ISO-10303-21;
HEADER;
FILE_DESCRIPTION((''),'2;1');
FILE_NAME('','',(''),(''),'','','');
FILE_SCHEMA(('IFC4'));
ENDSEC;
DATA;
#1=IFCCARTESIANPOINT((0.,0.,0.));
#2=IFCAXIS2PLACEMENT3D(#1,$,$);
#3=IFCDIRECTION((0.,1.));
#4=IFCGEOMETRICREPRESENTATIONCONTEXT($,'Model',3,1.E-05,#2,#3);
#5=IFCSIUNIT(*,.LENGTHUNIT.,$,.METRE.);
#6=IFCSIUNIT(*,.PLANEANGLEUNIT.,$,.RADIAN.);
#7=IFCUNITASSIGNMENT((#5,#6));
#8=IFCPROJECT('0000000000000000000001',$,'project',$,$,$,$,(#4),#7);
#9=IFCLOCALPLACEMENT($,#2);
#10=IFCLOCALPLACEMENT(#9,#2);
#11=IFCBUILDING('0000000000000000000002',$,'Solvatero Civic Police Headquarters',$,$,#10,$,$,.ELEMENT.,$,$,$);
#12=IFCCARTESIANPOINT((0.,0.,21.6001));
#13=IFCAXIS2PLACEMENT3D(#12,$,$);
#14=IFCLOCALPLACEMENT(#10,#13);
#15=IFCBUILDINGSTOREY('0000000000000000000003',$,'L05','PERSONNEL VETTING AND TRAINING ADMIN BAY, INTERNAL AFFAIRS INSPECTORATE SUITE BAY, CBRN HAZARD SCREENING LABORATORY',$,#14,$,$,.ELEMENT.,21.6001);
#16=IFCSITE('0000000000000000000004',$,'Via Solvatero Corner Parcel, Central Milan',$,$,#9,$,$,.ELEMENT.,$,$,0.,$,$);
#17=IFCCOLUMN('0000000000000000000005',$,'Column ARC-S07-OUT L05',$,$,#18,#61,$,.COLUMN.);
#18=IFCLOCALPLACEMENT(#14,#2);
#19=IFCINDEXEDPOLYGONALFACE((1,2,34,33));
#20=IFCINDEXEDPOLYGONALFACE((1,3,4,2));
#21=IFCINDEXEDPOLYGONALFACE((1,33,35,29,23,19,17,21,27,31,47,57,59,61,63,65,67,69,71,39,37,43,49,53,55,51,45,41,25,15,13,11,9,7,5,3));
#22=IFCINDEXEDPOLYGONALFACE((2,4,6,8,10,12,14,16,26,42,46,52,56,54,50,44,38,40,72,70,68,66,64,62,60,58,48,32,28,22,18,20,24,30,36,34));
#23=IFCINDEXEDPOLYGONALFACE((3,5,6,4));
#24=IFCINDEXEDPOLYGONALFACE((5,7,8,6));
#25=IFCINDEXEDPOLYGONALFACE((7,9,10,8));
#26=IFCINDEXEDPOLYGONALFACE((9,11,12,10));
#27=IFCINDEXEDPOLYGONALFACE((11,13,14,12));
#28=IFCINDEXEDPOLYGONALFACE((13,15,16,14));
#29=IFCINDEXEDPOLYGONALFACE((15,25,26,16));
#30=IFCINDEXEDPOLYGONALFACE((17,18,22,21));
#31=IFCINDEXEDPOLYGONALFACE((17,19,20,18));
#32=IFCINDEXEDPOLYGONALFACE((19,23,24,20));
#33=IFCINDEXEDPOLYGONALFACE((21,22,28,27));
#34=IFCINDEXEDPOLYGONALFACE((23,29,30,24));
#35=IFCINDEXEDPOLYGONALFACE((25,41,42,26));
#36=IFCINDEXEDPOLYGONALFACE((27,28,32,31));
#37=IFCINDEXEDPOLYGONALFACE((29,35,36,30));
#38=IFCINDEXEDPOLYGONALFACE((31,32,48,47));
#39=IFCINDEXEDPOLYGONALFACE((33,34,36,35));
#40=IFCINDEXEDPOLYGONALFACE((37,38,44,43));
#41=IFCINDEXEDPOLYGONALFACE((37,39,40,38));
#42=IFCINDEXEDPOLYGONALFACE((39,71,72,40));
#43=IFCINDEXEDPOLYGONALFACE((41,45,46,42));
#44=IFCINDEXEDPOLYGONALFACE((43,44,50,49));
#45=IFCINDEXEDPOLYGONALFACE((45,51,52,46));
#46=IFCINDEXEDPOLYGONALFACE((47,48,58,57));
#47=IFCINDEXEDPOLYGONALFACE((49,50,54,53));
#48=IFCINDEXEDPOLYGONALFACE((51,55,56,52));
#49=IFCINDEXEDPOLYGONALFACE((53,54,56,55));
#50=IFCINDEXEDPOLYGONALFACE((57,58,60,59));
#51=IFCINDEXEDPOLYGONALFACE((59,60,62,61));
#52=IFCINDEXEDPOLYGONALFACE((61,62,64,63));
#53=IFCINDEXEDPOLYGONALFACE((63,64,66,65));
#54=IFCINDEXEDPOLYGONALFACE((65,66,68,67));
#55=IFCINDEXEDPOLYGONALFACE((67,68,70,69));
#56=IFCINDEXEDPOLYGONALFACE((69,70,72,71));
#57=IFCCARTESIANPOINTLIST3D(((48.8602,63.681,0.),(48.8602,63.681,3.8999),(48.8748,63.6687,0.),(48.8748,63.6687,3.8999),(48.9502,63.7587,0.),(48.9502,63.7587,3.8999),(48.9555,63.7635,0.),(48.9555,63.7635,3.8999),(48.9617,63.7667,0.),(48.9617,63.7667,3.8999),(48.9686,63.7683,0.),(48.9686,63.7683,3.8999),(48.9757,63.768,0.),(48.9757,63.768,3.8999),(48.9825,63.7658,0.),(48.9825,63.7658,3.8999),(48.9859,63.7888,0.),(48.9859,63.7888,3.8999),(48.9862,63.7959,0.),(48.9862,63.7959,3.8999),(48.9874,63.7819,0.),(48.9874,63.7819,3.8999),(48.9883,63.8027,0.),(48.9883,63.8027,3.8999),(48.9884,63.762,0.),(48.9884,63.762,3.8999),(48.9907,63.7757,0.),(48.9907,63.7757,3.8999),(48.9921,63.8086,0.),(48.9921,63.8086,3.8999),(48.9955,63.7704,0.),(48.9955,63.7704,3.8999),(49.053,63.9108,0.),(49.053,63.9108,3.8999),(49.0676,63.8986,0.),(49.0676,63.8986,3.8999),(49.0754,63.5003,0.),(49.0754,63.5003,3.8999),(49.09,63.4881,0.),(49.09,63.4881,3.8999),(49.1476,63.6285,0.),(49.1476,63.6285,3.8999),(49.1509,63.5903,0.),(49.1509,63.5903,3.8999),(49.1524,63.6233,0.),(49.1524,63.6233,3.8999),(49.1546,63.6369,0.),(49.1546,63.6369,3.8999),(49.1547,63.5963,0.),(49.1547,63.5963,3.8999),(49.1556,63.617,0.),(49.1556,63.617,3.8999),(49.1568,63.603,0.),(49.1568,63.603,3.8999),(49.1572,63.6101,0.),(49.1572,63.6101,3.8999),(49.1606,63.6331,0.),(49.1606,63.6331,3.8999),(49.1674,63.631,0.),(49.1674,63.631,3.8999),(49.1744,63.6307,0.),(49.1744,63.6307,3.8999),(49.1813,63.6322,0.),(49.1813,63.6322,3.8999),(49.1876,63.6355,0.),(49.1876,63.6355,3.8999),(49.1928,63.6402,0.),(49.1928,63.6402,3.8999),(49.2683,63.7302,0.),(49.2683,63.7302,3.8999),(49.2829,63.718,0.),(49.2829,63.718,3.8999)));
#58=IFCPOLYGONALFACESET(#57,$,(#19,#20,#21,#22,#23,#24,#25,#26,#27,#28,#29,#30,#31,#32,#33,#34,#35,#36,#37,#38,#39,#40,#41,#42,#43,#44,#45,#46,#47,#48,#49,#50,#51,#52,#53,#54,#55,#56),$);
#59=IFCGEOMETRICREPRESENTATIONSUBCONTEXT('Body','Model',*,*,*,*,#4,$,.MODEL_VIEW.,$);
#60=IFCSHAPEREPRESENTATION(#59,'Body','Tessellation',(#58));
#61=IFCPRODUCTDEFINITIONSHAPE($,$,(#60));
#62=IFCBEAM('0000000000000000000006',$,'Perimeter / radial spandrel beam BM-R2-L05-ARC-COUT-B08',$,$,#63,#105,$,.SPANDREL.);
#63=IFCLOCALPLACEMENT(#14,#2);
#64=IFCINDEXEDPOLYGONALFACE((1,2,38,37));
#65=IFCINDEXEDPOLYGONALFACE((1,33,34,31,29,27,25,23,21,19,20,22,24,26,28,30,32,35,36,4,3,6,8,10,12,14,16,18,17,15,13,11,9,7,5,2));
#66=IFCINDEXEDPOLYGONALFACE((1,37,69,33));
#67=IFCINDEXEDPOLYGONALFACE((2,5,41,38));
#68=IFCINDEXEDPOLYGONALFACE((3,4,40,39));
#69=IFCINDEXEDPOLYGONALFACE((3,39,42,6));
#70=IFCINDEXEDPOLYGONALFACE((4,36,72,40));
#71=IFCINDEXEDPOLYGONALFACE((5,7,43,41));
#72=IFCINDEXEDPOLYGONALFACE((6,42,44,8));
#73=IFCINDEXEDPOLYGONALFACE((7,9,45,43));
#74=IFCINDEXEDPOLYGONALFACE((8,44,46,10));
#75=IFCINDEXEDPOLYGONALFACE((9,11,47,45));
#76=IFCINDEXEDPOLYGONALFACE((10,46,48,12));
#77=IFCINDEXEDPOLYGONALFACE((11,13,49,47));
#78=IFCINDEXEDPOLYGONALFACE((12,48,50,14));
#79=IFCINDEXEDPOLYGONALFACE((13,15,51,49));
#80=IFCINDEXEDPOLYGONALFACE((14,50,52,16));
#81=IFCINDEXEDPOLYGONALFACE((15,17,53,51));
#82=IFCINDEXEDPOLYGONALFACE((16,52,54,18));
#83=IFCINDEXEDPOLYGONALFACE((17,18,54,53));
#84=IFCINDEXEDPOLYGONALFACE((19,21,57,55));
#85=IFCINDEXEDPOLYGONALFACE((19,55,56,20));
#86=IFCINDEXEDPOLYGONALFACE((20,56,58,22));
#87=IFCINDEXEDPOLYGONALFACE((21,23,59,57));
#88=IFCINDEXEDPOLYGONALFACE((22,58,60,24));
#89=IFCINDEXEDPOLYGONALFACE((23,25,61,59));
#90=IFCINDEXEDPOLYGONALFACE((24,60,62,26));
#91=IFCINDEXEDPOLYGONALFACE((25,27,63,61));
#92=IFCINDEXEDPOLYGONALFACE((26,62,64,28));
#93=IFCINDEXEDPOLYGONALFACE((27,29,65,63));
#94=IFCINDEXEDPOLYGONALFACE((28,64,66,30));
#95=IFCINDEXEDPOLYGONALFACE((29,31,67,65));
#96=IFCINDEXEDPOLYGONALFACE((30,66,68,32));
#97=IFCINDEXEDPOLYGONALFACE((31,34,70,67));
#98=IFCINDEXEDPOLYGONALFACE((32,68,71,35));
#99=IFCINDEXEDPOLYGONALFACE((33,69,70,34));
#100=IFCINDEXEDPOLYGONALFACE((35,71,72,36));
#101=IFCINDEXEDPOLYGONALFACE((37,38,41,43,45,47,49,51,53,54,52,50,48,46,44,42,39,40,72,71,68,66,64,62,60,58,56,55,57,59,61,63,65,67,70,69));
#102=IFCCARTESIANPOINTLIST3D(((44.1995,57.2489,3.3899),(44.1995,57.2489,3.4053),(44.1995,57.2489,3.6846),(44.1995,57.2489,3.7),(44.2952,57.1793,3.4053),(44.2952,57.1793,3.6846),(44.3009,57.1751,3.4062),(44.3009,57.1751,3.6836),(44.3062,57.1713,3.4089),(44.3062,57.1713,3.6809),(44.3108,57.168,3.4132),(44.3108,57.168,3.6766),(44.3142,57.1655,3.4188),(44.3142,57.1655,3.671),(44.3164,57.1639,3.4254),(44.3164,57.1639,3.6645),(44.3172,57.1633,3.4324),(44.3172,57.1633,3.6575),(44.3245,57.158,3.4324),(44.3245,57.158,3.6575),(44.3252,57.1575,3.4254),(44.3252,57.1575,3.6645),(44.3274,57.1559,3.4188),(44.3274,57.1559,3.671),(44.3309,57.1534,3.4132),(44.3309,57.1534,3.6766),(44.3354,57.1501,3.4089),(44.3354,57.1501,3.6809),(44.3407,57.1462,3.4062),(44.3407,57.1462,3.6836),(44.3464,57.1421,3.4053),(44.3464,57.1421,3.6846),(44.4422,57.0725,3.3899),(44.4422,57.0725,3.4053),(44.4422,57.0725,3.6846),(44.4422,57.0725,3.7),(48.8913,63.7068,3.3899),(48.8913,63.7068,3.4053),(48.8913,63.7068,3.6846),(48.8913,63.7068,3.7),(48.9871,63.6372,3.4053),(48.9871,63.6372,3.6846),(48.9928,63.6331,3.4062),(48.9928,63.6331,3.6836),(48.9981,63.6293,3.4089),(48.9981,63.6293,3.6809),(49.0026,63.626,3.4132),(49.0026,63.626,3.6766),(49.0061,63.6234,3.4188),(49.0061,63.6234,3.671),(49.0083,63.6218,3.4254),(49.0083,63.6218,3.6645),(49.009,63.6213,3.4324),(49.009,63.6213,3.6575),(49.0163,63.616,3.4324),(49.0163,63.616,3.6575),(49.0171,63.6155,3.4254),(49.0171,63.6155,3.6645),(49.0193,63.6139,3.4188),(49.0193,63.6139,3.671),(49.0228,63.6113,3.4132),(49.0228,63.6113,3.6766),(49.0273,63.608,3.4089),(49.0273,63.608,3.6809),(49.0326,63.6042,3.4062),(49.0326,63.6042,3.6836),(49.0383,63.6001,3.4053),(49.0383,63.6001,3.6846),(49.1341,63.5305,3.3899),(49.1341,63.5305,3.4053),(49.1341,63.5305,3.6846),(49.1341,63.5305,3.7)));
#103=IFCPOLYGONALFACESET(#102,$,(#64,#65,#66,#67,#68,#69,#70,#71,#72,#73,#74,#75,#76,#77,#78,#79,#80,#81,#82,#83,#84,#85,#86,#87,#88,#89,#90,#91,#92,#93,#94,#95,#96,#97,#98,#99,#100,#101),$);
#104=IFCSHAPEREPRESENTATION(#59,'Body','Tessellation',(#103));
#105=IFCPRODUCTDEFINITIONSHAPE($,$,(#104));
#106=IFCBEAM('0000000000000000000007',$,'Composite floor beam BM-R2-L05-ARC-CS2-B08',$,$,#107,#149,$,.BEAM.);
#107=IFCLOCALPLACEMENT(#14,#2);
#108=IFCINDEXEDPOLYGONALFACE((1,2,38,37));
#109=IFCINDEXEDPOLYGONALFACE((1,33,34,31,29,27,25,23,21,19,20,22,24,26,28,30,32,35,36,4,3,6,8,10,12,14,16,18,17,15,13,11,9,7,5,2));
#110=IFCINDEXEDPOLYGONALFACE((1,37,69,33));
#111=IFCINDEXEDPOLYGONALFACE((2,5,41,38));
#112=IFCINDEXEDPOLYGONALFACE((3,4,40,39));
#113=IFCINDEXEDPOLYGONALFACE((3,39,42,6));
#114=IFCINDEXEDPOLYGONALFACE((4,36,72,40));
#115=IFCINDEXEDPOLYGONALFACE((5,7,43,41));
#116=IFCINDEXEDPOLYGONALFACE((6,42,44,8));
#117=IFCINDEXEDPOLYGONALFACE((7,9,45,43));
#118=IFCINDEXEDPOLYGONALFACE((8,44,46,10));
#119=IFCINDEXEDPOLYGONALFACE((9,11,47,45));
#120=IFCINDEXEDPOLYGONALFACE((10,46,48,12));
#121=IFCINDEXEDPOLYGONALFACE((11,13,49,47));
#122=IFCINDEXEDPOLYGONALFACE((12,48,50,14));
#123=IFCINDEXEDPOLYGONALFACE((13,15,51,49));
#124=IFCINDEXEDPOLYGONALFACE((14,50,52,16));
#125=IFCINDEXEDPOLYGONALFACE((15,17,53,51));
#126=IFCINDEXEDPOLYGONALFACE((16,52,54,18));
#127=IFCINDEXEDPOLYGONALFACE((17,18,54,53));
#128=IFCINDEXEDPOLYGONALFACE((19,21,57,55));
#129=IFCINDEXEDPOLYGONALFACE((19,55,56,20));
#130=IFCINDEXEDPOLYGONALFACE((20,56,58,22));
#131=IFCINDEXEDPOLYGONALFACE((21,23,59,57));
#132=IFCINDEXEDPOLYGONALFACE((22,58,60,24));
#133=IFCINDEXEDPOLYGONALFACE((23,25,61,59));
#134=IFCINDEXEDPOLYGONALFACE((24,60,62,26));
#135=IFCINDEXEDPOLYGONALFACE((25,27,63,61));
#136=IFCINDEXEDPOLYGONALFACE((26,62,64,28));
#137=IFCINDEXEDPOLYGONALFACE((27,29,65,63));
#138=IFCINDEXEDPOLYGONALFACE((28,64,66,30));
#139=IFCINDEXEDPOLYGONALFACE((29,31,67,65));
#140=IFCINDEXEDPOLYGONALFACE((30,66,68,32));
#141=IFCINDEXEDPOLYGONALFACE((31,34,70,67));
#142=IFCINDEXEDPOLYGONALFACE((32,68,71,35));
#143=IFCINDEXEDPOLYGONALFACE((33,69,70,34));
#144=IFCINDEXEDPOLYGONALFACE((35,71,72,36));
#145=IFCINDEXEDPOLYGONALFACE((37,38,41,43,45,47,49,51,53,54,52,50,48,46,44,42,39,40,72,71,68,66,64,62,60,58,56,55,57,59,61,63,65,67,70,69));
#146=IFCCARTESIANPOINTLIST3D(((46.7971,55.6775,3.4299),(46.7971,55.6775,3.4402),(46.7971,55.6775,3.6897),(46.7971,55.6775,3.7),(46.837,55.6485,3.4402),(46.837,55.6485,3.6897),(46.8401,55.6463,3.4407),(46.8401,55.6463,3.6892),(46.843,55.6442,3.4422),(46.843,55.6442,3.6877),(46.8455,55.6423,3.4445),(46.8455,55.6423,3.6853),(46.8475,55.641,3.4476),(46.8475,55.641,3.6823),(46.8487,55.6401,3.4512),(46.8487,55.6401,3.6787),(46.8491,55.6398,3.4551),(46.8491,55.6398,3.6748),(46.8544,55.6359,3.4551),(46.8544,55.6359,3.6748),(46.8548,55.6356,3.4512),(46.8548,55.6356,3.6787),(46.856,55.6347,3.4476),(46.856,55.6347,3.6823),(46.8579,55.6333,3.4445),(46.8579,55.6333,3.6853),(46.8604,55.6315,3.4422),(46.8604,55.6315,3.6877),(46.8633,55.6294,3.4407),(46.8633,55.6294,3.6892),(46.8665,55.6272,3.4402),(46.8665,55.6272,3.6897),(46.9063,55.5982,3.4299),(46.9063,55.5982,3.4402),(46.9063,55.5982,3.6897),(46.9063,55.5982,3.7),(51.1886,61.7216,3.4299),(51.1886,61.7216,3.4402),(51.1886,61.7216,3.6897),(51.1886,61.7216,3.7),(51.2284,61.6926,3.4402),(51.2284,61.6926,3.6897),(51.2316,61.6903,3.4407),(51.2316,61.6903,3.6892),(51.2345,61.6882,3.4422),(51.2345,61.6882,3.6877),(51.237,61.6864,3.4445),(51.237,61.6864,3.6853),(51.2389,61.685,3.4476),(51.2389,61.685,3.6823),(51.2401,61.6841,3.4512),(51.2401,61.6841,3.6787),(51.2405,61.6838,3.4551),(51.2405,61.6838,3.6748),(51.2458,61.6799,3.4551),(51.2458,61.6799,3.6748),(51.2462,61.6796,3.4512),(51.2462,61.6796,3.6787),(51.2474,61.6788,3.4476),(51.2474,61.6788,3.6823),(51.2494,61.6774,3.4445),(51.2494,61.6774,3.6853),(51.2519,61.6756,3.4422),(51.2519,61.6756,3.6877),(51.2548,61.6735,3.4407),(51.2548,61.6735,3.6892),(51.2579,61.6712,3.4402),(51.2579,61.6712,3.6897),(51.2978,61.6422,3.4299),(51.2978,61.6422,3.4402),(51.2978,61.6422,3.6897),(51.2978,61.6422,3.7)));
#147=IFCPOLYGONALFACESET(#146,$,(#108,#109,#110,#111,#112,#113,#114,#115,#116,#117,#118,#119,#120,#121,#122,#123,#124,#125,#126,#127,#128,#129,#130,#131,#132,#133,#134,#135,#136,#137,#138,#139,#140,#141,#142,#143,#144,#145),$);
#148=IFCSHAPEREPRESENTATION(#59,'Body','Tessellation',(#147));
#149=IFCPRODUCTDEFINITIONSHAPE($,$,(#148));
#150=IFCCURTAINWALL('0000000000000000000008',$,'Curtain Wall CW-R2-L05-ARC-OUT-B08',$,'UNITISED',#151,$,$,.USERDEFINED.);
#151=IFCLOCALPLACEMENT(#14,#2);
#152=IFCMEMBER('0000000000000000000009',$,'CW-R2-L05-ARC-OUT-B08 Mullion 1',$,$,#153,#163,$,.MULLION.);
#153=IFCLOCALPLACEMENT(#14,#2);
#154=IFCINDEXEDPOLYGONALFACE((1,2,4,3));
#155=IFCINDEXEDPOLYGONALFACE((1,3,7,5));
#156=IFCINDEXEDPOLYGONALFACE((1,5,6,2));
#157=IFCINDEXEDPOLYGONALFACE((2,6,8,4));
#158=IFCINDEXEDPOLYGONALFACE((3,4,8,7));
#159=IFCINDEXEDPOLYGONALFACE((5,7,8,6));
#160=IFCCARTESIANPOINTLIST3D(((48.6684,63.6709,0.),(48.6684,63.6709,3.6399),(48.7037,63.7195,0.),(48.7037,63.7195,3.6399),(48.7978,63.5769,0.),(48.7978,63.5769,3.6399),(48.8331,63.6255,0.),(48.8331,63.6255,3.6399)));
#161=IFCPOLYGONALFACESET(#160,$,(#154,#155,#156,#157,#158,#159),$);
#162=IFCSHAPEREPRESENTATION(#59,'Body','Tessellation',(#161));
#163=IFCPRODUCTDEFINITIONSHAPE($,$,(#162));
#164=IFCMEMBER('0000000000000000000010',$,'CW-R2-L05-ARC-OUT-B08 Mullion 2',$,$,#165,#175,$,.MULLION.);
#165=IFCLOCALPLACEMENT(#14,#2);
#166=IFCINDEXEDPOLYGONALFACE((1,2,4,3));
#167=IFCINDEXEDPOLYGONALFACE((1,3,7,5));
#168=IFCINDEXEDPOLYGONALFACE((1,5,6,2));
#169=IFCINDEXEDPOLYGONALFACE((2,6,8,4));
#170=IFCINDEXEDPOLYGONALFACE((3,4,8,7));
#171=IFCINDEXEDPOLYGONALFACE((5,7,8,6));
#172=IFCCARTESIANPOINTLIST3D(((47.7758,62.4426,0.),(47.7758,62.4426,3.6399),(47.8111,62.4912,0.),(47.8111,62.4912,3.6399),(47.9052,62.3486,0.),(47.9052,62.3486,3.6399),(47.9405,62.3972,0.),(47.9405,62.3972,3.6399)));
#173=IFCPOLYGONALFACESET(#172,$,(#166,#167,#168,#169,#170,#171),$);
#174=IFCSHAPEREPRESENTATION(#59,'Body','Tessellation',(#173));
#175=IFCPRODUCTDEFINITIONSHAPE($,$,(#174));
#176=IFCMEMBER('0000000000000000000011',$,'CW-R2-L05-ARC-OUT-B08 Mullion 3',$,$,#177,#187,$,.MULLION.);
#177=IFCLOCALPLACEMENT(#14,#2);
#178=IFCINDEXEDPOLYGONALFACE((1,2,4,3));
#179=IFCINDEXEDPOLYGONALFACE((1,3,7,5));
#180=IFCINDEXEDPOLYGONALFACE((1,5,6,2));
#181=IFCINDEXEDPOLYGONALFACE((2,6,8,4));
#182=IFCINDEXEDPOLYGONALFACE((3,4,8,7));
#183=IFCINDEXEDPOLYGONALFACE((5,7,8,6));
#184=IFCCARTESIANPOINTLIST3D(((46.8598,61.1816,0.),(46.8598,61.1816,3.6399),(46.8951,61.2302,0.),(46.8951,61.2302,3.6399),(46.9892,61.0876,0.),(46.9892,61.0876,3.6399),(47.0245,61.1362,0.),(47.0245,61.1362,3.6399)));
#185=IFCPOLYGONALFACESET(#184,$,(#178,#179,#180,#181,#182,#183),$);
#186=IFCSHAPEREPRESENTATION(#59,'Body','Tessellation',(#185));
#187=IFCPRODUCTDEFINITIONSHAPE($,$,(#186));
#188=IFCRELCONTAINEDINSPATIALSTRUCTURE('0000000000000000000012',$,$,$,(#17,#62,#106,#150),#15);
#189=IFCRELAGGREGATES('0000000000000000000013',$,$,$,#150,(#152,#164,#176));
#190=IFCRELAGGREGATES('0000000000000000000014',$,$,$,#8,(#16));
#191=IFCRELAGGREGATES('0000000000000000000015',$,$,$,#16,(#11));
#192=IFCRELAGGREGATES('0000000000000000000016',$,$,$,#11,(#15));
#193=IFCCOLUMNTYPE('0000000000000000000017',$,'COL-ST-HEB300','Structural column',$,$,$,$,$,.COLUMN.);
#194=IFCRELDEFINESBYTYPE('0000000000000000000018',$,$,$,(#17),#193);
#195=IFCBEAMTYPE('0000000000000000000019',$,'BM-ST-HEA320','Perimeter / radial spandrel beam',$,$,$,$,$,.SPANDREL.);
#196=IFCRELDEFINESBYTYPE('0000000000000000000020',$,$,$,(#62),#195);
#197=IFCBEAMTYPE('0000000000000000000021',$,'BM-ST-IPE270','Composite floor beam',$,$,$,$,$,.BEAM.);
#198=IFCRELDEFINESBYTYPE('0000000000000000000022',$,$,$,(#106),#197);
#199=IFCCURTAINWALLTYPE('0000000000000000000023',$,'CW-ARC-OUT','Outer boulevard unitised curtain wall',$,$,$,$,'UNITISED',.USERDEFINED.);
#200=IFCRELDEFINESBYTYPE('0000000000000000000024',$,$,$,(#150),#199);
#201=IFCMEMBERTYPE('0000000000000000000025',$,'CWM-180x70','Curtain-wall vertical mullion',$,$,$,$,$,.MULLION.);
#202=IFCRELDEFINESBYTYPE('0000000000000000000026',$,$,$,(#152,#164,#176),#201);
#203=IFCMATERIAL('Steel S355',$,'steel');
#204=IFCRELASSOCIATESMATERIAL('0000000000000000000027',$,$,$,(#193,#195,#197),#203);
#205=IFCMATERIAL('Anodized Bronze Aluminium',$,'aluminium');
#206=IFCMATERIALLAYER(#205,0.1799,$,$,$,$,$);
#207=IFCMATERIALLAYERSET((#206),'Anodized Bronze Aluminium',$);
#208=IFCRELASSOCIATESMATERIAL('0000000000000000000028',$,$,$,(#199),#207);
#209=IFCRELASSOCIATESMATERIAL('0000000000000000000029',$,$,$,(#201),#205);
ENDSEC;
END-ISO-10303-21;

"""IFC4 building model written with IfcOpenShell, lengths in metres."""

from ifc_helpers import new_model, si_unit, direction, frame, origin, origin_2d, place, context, subcontext, project, spatial, rectangle, i_section, extrude, material, layer, layer_set, material_profile, profile_set, type_object, element, aggregate, save


model = new_model("IFC4")

# Units and contexts
model_context = context("Model", 3, precision=1e-05, world=origin(), true_north=direction((0.0, 1.0)))
body_context = subcontext(model_context, "Body", "Model", "MODEL_VIEW")
ifc_project = project(units=[si_unit("LENGTHUNIT", "METRE"), si_unit("PLANEANGLEUNIT", "RADIAN")], contexts=[model_context])

# Site, building, storey
site_placement = place(None, origin())
site = spatial("IfcSite", under=ifc_project, at=site_placement, Name="Via Solvatero Corner Parcel, Central Milan", CompositionType="ELEMENT", RefElevation=0.0)
building_placement = place(site_placement, origin())
building = spatial("IfcBuilding", under=site, at=building_placement, Name="Solvatero Civic Police Headquarters", CompositionType="ELEMENT")
storey_placement = place(building_placement, frame((0.0, 0.0, 21.6001)))
storey = spatial("IfcBuildingStorey", under=building, at=storey_placement, Name="L05", Description="PERSONNEL VETTING AND TRAINING ADMIN BAY, INTERNAL AFFAIRS INSPECTORATE SUITE BAY, CBRN HAZARD SCREENING LABORATORY", CompositionType="ELEMENT", Elevation=21.6001)

# Column
ifc_material_1 = material(Name="Steel S355", Category="steel")
ifc_material_profile_1 = material_profile(ifc_material_1, i_section(OverallWidth=0.3, OverallDepth=0.3, WebThickness=0.011, FlangeThickness=0.019, FilletRadius=0.0271, at=origin_2d()), Name="HEB 300")
ifc_profile_set_1 = profile_set([ifc_material_profile_1], Name="Steel S355")
column_type = type_object("IfcColumnType", Name="COL-ST-HEB300", Description="Structural column", PredefinedType="COLUMN", material=ifc_profile_set_1)
column_placement = place(storey_placement, frame((49.0715, 63.6995, 0.0), z_axis=(0.0, 0.0, 1.0), x_axis=(0.642788, 0.766044, 0.0)))
element("IfcColumn", 1, at=column_placement, inside=storey, type_object=column_type, Name="Column ARC-S07-OUT L05", PredefinedType="COLUMN", context=body_context, shape_type="SweptSolid", body=[
    extrude(i_section(OverallWidth=0.3, OverallDepth=0.3, WebThickness=0.011, FlangeThickness=0.019, FilletRadius=0.0271, at=origin_2d()), origin(), (0.0, 0.0, 1.0), 3.8999),
])

# Beams
ifc_material_profile_2 = material_profile(ifc_material_1, i_section(OverallWidth=0.3, OverallDepth=0.3101, WebThickness=0.009, FlangeThickness=0.0154, FilletRadius=0.0271, at=origin_2d()), Name="HEA 320")
ifc_profile_set_2 = profile_set([ifc_material_profile_2], Name="Steel S355")
beam_type_1 = type_object("IfcBeamType", Name="BM-ST-HEA320", Description="Perimeter / radial spandrel beam", PredefinedType="SPANDREL", material=ifc_profile_set_2)
beam_1_placement = place(storey_placement, frame((49.0127, 63.6187, 3.5449), z_axis=(-0.587775, -0.809024, 0.0), x_axis=(0.809024, -0.587775, 0.0)))
element("IfcBeam", 2, at=beam_1_placement, inside=storey, type_object=beam_type_1, Name="Perimeter / radial spandrel beam BM-R2-L05-ARC-COUT-B08", PredefinedType="SPANDREL", context=body_context, shape_type="SweptSolid", body=[
    extrude(i_section(OverallWidth=0.3, OverallDepth=0.3101, WebThickness=0.009, FlangeThickness=0.0154, FilletRadius=0.0271, at=origin_2d()), origin(), (0.0, 0.0, 1.0), 7.9824),
])
ifc_material_profile_3 = material_profile(ifc_material_1, i_section(OverallWidth=0.135, OverallDepth=0.27, WebThickness=0.0066, FlangeThickness=0.0103, FilletRadius=0.0149, at=origin_2d()), Name="IPE 270")
ifc_profile_set_3 = profile_set([ifc_material_profile_3], Name="Steel S355")
beam_type_2 = type_object("IfcBeamType", Name="BM-ST-IPE270", Description="Composite floor beam", PredefinedType="BEAM", material=ifc_profile_set_3)
beam_2_placement = place(storey_placement, frame((51.2432, 61.6819, 3.5649), z_axis=(-0.587801, -0.809006, 0.0), x_axis=(0.809006, -0.587801, 0.0)))
element("IfcBeam", 3, at=beam_2_placement, inside=storey, type_object=beam_type_2, Name="Composite floor beam BM-R2-L05-ARC-CS2-B08", PredefinedType="BEAM", context=body_context, shape_type="SweptSolid", body=[
    extrude(i_section(OverallWidth=0.135, OverallDepth=0.27, WebThickness=0.0066, FlangeThickness=0.0103, FilletRadius=0.0149, at=origin_2d()), origin(), (0.0, 0.0, 1.0), 7.4709),
])

# Curtain wall, members
ifc_material_2 = material(Name="Anodized Bronze Aluminium", Category="aluminium")
ifc_layer_1 = layer(ifc_material_2, 0.1799)
ifc_layer_set_1 = layer_set([ifc_layer_1], Name="Anodized Bronze Aluminium")
curtain_wall_type = type_object("IfcCurtainWallType", Name="CW-ARC-OUT", Description="Outer boulevard unitised curtain wall", ElementType="UNITISED", PredefinedType="USERDEFINED", material=ifc_layer_set_1)
curtain_wall_placement = place(storey_placement, origin())
curtain_wall = element("IfcCurtainWall", 4, at=curtain_wall_placement, inside=storey, type_object=curtain_wall_type, Name="Curtain Wall CW-R2-L05-ARC-OUT-B08", ObjectType="UNITISED", PredefinedType="USERDEFINED")
ifc_material_profile_4 = material_profile(ifc_material_2, rectangle(XDim=0.0601, YDim=0.1599, at=origin_2d()), Name="ALU MULLION 60x160")
ifc_profile_set_4 = profile_set([ifc_material_profile_4], Name="Anodized Bronze Aluminium")
member_type_1 = type_object("IfcMemberType", Name="CWM-180x70", Description="Curtain-wall vertical mullion", PredefinedType="MULLION", material=ifc_profile_set_4)
member_1_placement = place(storey_placement, frame((48.7507, 63.6482, 0.0), z_axis=(0.0, 0.0, 1.0), x_axis=(-0.587785, -0.809017, 0.0)))
member_1 = element("IfcMember", 5, at=member_1_placement, type_object=member_type_1, Name="CW-R2-L05-ARC-OUT-B08 Mullion 1", PredefinedType="MULLION", context=body_context, shape_type="SweptSolid", body=[
    extrude(rectangle(XDim=0.0601, YDim=0.1599, at=origin_2d()), origin(), (0.0, 0.0, 1.0), 3.6399),
])
member_2_placement = place(storey_placement, frame((47.8582, 62.4199, 0.0), z_axis=(0.0, 0.0, 1.0), x_axis=(-0.587785, -0.809017, 0.0)))
member_2 = element("IfcMember", 6, at=member_2_placement, type_object=member_type_1, Name="CW-R2-L05-ARC-OUT-B08 Mullion 2", PredefinedType="MULLION", context=body_context, shape_type="SweptSolid", body=[
    extrude(rectangle(XDim=0.0601, YDim=0.1599, at=origin_2d()), origin(), (0.0, 0.0, 1.0), 3.6399),
])
member_3_placement = place(storey_placement, frame((46.9421, 61.1589, 0.0), z_axis=(0.0, 0.0, 1.0), x_axis=(-0.587785, -0.809017, 0.0)))
member_3 = element("IfcMember", 7, at=member_3_placement, type_object=member_type_1, Name="CW-R2-L05-ARC-OUT-B08 Mullion 3", PredefinedType="MULLION", context=body_context, shape_type="SweptSolid", body=[
    extrude(rectangle(XDim=0.0601, YDim=0.1599, at=origin_2d()), origin(), (0.0, 0.0, 1.0), 3.6399),
])
aggregate(curtain_wall, [member_1, member_2, member_3])

save(model, "model.ifc")
